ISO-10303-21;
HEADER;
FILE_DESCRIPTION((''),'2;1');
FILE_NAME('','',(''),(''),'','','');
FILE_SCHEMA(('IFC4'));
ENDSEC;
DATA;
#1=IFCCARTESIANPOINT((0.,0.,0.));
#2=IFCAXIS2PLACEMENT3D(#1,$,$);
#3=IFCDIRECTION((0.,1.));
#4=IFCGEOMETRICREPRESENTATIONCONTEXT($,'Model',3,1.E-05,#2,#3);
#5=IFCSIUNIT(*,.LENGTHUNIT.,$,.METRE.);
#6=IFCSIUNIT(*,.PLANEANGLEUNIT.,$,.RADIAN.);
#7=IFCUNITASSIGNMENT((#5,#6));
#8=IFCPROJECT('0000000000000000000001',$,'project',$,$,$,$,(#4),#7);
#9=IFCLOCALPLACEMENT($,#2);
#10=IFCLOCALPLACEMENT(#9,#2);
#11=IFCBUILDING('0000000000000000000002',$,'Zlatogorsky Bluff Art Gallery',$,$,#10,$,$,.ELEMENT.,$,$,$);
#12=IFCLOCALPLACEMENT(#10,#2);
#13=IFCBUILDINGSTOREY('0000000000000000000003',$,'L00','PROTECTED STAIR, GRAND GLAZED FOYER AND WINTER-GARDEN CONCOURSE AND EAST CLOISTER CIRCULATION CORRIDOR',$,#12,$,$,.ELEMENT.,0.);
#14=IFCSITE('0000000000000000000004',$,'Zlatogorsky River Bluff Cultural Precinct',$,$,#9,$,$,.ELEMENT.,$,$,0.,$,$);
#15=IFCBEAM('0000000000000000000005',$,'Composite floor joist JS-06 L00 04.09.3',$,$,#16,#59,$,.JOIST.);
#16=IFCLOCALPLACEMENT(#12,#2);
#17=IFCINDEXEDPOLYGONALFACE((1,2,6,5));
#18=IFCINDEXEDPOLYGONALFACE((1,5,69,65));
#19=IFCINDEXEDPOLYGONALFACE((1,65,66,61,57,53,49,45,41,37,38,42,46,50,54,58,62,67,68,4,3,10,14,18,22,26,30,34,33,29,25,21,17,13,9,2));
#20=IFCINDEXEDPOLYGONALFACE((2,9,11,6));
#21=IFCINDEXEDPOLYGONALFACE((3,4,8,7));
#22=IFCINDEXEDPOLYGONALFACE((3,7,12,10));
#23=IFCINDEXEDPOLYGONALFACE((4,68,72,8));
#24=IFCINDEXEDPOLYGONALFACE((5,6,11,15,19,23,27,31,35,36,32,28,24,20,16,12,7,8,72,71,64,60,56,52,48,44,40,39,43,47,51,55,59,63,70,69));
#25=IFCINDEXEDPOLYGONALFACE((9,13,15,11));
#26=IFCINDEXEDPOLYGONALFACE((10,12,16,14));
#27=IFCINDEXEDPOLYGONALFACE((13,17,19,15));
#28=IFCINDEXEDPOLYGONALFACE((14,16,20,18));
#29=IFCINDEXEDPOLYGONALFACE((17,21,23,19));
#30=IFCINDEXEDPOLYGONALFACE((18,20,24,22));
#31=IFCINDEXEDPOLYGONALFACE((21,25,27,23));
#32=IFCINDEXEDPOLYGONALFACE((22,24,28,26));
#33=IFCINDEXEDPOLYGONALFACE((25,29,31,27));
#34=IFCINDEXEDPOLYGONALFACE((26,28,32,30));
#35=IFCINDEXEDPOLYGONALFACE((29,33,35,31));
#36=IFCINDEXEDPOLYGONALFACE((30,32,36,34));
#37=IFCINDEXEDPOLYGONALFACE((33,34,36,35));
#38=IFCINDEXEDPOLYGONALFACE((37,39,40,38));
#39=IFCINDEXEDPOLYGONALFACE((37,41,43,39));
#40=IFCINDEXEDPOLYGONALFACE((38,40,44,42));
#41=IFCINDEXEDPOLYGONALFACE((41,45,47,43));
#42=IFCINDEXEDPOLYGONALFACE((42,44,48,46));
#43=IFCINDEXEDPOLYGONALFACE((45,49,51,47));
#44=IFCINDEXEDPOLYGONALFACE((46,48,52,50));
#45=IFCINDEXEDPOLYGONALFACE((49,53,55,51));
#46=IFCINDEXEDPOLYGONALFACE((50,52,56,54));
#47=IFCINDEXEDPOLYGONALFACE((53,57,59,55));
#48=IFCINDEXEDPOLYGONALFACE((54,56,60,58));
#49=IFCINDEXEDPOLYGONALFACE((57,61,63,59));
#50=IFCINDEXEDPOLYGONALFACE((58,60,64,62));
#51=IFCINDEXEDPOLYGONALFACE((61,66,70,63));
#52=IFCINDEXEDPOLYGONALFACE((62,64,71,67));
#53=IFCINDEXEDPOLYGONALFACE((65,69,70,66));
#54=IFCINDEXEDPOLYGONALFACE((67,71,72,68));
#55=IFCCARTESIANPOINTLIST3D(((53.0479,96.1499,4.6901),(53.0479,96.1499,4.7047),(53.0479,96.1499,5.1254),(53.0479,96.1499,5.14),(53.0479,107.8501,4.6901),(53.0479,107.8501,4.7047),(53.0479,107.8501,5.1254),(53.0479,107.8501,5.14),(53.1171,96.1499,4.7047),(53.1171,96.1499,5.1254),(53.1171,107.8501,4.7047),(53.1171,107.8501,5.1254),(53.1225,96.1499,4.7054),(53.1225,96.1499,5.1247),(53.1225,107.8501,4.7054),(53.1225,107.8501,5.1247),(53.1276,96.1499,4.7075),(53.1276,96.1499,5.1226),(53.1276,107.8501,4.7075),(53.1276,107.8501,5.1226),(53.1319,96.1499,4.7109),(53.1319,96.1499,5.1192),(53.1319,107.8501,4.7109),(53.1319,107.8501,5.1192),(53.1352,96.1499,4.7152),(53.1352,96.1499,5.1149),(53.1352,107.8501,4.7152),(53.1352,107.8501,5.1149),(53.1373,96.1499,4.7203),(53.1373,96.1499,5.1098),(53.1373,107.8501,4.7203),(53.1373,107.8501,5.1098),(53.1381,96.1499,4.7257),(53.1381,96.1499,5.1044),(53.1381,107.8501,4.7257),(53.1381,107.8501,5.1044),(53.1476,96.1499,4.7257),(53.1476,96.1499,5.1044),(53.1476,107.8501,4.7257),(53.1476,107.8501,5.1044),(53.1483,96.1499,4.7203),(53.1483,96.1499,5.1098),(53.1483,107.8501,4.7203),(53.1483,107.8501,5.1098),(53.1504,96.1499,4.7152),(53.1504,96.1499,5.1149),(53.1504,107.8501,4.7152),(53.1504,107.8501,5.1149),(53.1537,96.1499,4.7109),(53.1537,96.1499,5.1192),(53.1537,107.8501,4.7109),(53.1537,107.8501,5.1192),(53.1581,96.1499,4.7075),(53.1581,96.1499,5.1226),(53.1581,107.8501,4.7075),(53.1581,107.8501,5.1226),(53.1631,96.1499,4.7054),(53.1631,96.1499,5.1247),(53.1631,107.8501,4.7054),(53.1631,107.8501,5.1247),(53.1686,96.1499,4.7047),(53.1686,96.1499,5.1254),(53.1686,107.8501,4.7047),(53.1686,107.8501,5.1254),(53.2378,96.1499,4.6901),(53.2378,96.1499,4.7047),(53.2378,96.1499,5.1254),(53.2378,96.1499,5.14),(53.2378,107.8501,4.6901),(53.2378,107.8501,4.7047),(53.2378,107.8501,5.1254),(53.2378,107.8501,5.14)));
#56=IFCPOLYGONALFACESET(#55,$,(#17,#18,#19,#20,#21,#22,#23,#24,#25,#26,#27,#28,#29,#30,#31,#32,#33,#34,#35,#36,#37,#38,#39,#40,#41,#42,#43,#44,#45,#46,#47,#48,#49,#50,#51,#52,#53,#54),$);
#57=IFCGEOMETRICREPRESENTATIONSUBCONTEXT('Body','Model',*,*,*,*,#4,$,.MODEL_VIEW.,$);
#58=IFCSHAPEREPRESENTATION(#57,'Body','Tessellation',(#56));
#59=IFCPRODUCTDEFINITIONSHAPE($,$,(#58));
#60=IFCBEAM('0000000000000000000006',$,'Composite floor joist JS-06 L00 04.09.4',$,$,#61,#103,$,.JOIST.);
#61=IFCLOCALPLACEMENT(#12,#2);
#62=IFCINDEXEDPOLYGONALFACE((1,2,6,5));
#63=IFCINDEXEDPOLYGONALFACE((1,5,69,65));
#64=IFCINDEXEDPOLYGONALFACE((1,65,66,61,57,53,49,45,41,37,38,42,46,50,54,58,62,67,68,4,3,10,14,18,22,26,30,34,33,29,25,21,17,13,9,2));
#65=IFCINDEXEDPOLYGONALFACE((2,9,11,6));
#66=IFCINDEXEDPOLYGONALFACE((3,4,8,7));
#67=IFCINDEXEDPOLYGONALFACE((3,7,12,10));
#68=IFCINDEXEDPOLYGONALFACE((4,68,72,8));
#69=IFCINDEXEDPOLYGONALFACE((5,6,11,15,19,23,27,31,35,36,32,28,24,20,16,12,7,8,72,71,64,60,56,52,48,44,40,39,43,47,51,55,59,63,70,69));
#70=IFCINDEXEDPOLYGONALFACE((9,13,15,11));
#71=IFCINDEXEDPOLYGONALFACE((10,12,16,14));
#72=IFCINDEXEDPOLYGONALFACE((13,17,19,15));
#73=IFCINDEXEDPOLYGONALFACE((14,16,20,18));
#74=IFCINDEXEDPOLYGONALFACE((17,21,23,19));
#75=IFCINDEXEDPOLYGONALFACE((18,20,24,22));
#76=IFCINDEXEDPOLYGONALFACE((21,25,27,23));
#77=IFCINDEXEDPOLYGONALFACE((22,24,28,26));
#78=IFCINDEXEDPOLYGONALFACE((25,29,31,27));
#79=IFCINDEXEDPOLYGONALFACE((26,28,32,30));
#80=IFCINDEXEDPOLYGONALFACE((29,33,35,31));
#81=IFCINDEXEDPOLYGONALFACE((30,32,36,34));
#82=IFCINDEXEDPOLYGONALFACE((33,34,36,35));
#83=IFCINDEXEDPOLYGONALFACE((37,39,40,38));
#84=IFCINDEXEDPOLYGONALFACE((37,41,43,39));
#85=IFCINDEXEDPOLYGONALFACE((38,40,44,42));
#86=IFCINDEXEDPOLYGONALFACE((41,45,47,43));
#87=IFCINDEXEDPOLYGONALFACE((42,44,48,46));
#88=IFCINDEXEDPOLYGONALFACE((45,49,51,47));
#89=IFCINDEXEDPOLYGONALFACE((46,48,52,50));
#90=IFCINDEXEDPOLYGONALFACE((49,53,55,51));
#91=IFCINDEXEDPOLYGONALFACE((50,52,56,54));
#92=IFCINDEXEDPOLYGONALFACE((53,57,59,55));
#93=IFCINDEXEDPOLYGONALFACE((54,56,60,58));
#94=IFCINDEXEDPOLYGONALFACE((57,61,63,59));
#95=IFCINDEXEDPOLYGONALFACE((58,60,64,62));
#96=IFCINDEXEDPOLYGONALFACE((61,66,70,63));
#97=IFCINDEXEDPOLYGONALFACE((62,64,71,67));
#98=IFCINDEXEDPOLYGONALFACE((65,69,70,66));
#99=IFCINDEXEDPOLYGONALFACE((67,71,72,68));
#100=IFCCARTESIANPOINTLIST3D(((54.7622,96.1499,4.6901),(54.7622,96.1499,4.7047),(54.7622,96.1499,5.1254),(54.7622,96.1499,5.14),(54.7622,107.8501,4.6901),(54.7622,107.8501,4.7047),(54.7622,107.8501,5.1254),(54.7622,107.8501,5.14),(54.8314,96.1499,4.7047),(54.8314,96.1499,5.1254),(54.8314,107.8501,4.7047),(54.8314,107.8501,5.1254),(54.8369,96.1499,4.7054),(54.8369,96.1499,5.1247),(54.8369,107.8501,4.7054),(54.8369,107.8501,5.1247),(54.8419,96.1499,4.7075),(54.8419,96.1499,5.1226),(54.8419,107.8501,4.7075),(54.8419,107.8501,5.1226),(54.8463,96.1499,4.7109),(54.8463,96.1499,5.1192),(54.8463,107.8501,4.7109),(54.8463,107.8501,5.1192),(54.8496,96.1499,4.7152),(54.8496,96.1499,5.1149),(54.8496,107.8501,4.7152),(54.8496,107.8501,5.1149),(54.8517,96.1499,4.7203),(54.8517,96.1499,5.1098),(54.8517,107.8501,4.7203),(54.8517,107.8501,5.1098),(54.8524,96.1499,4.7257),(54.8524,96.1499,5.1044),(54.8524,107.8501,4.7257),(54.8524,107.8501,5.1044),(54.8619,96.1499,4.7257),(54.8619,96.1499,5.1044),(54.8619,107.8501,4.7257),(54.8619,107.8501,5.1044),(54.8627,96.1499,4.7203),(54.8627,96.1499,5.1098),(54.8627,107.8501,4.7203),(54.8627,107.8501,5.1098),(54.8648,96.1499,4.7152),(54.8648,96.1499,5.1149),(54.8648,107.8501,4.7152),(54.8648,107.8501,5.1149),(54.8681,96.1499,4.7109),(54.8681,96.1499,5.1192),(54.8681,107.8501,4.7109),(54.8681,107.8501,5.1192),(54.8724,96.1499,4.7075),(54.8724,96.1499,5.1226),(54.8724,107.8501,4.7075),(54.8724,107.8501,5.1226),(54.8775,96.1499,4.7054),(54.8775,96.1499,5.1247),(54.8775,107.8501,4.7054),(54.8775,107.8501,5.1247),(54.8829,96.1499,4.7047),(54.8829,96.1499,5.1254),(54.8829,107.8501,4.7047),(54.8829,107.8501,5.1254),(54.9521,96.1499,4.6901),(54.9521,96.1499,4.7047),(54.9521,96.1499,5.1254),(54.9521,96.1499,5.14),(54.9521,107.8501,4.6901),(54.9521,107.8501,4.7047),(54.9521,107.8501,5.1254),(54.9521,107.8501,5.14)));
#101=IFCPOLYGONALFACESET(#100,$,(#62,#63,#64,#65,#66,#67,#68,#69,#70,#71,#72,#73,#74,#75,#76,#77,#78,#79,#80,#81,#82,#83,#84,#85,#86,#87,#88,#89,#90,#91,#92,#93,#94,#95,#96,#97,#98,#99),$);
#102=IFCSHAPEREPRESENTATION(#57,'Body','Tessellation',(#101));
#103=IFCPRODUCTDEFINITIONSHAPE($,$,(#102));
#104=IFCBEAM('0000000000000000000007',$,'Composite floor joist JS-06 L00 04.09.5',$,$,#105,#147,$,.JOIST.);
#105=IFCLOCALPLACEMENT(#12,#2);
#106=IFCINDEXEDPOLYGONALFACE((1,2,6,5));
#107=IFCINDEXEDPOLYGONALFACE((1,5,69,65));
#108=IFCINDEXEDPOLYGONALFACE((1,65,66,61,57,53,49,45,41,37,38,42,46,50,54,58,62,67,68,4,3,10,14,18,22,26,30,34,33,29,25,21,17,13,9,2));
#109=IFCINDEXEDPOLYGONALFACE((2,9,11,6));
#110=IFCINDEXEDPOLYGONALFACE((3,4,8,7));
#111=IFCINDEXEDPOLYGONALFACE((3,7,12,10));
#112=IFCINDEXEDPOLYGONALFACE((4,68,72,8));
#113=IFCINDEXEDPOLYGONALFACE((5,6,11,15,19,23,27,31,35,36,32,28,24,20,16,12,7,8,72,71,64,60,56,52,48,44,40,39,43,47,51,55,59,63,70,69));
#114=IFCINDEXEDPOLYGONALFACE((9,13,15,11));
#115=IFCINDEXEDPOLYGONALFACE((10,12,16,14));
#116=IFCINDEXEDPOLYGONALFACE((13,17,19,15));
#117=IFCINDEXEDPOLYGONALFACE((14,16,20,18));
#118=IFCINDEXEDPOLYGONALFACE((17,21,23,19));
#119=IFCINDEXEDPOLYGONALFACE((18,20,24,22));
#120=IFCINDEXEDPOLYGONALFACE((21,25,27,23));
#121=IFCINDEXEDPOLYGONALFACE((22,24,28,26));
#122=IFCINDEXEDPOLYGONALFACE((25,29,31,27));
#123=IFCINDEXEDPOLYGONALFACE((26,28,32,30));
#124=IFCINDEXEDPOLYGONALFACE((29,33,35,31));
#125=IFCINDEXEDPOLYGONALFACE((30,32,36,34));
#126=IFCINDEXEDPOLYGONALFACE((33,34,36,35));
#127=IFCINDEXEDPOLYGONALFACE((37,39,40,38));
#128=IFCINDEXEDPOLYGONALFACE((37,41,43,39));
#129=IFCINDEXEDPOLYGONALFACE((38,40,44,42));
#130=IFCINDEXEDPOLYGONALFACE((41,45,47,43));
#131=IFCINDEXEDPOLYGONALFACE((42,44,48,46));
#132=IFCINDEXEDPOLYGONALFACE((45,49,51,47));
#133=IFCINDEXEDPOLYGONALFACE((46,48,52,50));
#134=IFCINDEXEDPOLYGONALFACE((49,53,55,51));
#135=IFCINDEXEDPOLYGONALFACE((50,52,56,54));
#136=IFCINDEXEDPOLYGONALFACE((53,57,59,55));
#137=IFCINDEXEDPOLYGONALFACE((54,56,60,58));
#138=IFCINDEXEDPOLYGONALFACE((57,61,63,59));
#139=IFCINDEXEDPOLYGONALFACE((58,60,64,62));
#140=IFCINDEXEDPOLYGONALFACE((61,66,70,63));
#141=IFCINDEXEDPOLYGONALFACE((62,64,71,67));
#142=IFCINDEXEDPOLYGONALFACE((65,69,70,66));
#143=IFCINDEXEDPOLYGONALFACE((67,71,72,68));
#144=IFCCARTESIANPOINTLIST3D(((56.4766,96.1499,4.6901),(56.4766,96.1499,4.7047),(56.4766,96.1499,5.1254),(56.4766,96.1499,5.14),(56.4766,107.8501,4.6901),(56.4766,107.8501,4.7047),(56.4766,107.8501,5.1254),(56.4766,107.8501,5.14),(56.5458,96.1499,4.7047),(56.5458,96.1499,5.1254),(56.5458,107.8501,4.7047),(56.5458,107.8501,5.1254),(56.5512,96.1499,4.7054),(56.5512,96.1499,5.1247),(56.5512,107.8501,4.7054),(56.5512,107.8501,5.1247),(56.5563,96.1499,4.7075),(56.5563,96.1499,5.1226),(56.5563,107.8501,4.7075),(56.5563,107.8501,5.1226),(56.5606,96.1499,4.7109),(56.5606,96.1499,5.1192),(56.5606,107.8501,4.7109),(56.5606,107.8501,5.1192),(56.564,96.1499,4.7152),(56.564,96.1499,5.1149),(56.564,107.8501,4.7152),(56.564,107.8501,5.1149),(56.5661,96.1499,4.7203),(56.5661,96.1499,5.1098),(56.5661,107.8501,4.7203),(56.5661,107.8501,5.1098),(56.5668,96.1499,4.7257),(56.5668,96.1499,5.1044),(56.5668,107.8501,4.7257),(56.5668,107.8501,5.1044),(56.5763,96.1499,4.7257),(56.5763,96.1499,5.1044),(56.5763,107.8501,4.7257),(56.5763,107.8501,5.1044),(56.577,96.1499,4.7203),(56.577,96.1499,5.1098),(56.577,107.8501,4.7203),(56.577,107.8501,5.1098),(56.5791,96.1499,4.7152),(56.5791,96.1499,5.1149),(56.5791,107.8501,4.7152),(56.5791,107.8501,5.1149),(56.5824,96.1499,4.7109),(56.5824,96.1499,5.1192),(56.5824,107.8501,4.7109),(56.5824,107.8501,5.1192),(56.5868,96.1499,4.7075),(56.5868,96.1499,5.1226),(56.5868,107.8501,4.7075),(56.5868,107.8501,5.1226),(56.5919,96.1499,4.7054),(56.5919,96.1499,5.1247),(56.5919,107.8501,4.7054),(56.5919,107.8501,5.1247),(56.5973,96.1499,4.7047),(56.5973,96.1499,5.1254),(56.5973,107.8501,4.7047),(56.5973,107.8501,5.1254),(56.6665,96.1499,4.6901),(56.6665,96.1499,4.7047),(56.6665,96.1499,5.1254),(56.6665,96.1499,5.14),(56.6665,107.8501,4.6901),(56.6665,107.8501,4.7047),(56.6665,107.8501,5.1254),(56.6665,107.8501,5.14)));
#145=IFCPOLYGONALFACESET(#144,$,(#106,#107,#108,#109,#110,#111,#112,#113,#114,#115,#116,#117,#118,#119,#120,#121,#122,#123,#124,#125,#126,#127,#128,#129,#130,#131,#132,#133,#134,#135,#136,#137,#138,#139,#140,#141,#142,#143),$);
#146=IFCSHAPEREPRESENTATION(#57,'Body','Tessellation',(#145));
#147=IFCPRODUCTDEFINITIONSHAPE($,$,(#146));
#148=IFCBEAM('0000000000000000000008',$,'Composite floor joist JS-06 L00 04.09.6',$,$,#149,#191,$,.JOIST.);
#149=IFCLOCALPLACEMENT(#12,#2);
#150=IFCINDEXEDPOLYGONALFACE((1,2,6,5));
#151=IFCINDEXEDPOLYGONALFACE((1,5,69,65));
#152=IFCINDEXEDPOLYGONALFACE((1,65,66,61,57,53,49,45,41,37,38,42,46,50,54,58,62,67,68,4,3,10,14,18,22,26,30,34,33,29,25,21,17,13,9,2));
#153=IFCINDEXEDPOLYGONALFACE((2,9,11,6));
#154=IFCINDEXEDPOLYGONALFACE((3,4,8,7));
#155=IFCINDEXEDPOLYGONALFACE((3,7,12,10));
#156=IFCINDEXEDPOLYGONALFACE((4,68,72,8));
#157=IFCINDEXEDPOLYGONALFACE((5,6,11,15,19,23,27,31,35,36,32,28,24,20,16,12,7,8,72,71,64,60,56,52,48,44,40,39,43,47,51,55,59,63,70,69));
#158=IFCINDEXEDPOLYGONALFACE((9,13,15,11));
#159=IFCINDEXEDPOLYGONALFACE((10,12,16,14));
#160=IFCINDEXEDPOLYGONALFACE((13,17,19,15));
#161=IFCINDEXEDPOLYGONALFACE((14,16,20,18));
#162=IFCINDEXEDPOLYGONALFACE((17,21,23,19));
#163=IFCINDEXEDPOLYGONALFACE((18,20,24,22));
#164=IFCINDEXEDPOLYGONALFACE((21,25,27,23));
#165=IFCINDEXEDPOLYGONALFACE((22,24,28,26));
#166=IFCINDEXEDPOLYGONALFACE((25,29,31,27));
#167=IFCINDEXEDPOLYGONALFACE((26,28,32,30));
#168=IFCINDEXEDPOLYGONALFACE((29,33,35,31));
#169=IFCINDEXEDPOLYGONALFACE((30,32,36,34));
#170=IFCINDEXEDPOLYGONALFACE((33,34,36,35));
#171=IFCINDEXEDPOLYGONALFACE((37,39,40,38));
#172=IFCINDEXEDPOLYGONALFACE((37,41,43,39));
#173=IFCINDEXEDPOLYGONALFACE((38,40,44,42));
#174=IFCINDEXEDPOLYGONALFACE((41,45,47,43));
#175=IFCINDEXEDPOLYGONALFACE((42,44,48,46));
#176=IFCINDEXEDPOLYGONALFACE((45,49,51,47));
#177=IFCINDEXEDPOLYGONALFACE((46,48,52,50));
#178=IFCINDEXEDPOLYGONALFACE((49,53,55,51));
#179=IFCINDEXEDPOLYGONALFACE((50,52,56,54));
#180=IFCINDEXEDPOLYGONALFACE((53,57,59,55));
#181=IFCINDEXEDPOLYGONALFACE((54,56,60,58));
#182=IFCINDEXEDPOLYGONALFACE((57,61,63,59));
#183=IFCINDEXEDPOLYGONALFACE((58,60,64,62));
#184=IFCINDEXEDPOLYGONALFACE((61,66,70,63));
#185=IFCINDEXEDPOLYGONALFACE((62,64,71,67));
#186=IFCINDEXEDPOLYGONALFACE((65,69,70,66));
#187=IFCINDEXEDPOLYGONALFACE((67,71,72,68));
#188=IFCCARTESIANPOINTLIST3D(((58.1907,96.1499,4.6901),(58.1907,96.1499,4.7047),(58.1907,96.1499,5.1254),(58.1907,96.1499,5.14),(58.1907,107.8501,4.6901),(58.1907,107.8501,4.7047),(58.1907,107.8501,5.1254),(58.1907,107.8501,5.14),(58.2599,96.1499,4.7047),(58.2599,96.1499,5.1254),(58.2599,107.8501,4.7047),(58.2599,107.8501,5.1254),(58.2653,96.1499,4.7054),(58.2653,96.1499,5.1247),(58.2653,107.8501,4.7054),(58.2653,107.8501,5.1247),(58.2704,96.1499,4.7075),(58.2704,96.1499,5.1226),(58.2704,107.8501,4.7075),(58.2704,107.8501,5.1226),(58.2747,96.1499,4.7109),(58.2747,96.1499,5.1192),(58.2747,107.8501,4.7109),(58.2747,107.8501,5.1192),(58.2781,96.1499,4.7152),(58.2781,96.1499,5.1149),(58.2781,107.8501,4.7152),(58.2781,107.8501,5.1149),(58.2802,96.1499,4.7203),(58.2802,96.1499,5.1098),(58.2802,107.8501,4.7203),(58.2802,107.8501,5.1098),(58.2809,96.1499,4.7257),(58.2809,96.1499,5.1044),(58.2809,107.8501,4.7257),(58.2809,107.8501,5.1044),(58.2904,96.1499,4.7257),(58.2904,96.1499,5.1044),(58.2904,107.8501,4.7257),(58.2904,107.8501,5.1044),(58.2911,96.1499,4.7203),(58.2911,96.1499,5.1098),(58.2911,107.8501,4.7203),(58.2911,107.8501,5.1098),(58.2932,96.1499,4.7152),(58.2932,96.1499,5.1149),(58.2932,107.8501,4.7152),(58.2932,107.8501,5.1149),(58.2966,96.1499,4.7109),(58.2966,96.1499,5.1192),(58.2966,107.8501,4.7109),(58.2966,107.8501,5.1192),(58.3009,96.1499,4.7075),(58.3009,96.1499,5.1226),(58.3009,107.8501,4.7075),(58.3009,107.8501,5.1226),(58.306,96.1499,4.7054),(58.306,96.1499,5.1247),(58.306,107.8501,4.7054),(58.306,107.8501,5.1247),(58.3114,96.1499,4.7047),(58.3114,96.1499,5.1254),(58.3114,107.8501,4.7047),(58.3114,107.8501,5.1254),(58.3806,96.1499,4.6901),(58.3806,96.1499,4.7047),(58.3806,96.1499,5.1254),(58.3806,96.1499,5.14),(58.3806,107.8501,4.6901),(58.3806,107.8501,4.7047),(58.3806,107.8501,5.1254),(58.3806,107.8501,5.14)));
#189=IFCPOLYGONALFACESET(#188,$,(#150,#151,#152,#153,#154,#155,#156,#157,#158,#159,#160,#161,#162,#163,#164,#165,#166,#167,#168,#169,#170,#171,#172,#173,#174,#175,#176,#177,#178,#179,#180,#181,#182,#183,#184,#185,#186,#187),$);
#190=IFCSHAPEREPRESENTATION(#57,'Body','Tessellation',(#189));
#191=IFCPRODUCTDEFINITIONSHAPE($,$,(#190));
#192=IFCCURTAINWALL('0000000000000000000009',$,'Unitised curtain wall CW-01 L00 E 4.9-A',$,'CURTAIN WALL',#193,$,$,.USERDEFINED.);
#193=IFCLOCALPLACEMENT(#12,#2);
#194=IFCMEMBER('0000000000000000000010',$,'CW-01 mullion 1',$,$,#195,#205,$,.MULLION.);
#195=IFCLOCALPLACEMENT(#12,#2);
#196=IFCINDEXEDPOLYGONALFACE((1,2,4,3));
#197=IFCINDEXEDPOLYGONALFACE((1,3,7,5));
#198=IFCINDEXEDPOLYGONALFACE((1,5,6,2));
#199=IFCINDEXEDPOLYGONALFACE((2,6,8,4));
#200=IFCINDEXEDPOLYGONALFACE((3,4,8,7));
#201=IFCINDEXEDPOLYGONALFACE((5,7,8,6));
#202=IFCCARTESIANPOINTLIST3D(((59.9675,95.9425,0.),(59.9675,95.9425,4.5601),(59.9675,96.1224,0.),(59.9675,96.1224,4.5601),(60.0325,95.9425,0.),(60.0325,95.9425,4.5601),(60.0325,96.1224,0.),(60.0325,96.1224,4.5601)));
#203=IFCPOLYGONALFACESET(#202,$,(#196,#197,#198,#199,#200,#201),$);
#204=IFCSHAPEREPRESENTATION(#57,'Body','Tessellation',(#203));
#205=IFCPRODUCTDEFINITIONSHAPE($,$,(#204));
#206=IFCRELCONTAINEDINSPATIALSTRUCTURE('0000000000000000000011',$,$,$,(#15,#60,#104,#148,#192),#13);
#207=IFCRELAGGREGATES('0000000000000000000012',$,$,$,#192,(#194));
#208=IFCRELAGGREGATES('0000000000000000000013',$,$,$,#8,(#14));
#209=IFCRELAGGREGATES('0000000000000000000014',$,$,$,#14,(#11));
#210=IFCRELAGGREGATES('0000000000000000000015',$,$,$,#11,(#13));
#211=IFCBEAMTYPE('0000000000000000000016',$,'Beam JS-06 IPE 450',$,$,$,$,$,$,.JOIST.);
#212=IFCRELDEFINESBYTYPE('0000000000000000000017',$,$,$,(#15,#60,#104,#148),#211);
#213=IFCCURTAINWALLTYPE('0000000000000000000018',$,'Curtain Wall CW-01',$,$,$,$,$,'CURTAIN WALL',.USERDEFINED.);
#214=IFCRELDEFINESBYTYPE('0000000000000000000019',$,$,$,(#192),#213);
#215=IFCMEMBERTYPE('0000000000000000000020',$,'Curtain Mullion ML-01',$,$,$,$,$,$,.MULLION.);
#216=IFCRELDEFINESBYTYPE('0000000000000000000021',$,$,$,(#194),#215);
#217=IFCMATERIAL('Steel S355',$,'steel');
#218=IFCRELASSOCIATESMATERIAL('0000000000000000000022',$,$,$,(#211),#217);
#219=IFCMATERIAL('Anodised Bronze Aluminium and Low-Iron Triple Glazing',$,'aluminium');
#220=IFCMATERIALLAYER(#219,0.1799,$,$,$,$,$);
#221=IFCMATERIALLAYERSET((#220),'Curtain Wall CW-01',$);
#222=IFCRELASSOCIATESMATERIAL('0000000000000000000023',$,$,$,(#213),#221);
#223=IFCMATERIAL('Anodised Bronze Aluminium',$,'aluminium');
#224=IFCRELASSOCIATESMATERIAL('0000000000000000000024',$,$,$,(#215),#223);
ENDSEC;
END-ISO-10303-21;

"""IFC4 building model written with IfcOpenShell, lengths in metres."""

from ifc_helpers import new_model, si_unit, direction, frame, origin, origin_2d, place, context, subcontext, project, spatial, rectangle, i_section, extrude, material, layer, layer_set, material_profile, profile_set, type_object, element, aggregate, save


model = new_model("IFC4")

# Units and contexts
model_context = context("Model", 3, precision=1e-05, world=origin(), true_north=direction((0.0, 1.0)))
body_context = subcontext(model_context, "Body", "Model", "MODEL_VIEW")
ifc_project = project(units=[si_unit("LENGTHUNIT", "METRE"), si_unit("PLANEANGLEUNIT", "RADIAN")], contexts=[model_context])

# Site, building, storey
site_placement = place(None, origin())
site = spatial("IfcSite", under=ifc_project, at=site_placement, Name="Zlatogorsky River Bluff Cultural Precinct", CompositionType="ELEMENT", RefElevation=0.0)
building_placement = place(site_placement, origin())
building = spatial("IfcBuilding", under=site, at=building_placement, Name="Zlatogorsky Bluff Art Gallery", CompositionType="ELEMENT")
storey_placement = place(building_placement, origin())
storey = spatial("IfcBuildingStorey", under=building, at=storey_placement, Name="L00", Description="PROTECTED STAIR, GRAND GLAZED FOYER AND WINTER-GARDEN CONCOURSE AND EAST CLOISTER CIRCULATION CORRIDOR", CompositionType="ELEMENT", Elevation=0.0)

# Shared definitions
ifc_material_1 = material(Name="Steel S355", Category="steel")

# Beams
ifc_material_profile_1 = material_profile(ifc_material_1, i_section(OverallWidth=0.1899, OverallDepth=0.45, WebThickness=0.0095, FlangeThickness=0.0146, FilletRadius=0.021, at=origin_2d()), Name="IPE 450")
ifc_profile_set_1 = profile_set([ifc_material_profile_1], Name="Steel S355")
beam_type_1 = type_object("IfcBeamType", Name="Beam JS-06 IPE 450", PredefinedType="JOIST", material=ifc_profile_set_1)
for number, where, z_axis, x_axis, name in (
    (1, (53.1428, 96.1499, 4.915), (0.0, 1.0, 0.0), (-1.0, 0.0, 0.0), "Composite floor joist JS-06 L00 04.09.3"),
    (2, (54.8572, 96.1499, 4.915), (0.0, 1.0, 0.0), (-1.0, 0.0, 0.0), "Composite floor joist JS-06 L00 04.09.4"),
    (3, (56.5715, 96.1499, 4.915), (0.0, 1.0, 0.0), (-1.0, 0.0, 0.0), "Composite floor joist JS-06 L00 04.09.5"),
    (4, (58.2856, 96.1499, 4.915), (0.0, 1.0, 0.0), (-1.0, 0.0, 0.0), "Composite floor joist JS-06 L00 04.09.6"),
):
    element("IfcBeam", number, at=place(storey_placement, frame(where, z_axis=z_axis, x_axis=x_axis)), inside=storey, type_object=beam_type_1, Name=name, PredefinedType="JOIST", context=body_context, shape_type="SweptSolid", body=[
        extrude(i_section(OverallWidth=0.1899, OverallDepth=0.45, WebThickness=0.0095, FlangeThickness=0.0146, FilletRadius=0.021, at=origin_2d()), origin(), (0.0, 0.0, 1.0), 11.7002),
    ])

# Curtain wall, member
ifc_material_2 = material(Name="Anodised Bronze Aluminium and Low-Iron Triple Glazing", Category="aluminium")
ifc_layer_1 = layer(ifc_material_2, 0.1799)
ifc_layer_set_1 = layer_set([ifc_layer_1], Name="Curtain Wall CW-01")
curtain_wall_type = type_object("IfcCurtainWallType", Name="Curtain Wall CW-01", ElementType="CURTAIN WALL", PredefinedType="USERDEFINED", material=ifc_layer_set_1)
curtain_wall_placement = place(storey_placement, origin())
curtain_wall = element("IfcCurtainWall", 5, at=curtain_wall_placement, inside=storey, type_object=curtain_wall_type, Name="Unitised curtain wall CW-01 L00 E 4.9-A", ObjectType="CURTAIN WALL", PredefinedType="USERDEFINED")
ifc_material_3 = material(Name="Anodised Bronze Aluminium", Category="aluminium")
ifc_material_profile_2 = material_profile(ifc_material_3, rectangle(XDim=0.0649, YDim=0.1799, at=origin_2d()), Name="ALU MULLION 65x180")
ifc_profile_set_2 = profile_set([ifc_material_profile_2], Name="Anodised Bronze Aluminium")
member_type_1 = type_object("IfcMemberType", Name="Curtain Mullion ML-01", PredefinedType="MULLION", material=ifc_profile_set_2)
member_1_placement = place(storey_placement, frame((60.0, 96.0325, 0.0), z_axis=(0.0, 0.0, 1.0), x_axis=(-1.0, 0.0, 0.0)))
member_1 = element("IfcMember", 6, at=member_1_placement, type_object=member_type_1, Name="CW-01 mullion 1", PredefinedType="MULLION", context=body_context, shape_type="SweptSolid", body=[
    extrude(rectangle(XDim=0.0649, YDim=0.1799, at=origin_2d()), origin(), (0.0, 0.0, 1.0), 4.5601),
])
aggregate(curtain_wall, [member_1])

save(model, "model.ifc")
